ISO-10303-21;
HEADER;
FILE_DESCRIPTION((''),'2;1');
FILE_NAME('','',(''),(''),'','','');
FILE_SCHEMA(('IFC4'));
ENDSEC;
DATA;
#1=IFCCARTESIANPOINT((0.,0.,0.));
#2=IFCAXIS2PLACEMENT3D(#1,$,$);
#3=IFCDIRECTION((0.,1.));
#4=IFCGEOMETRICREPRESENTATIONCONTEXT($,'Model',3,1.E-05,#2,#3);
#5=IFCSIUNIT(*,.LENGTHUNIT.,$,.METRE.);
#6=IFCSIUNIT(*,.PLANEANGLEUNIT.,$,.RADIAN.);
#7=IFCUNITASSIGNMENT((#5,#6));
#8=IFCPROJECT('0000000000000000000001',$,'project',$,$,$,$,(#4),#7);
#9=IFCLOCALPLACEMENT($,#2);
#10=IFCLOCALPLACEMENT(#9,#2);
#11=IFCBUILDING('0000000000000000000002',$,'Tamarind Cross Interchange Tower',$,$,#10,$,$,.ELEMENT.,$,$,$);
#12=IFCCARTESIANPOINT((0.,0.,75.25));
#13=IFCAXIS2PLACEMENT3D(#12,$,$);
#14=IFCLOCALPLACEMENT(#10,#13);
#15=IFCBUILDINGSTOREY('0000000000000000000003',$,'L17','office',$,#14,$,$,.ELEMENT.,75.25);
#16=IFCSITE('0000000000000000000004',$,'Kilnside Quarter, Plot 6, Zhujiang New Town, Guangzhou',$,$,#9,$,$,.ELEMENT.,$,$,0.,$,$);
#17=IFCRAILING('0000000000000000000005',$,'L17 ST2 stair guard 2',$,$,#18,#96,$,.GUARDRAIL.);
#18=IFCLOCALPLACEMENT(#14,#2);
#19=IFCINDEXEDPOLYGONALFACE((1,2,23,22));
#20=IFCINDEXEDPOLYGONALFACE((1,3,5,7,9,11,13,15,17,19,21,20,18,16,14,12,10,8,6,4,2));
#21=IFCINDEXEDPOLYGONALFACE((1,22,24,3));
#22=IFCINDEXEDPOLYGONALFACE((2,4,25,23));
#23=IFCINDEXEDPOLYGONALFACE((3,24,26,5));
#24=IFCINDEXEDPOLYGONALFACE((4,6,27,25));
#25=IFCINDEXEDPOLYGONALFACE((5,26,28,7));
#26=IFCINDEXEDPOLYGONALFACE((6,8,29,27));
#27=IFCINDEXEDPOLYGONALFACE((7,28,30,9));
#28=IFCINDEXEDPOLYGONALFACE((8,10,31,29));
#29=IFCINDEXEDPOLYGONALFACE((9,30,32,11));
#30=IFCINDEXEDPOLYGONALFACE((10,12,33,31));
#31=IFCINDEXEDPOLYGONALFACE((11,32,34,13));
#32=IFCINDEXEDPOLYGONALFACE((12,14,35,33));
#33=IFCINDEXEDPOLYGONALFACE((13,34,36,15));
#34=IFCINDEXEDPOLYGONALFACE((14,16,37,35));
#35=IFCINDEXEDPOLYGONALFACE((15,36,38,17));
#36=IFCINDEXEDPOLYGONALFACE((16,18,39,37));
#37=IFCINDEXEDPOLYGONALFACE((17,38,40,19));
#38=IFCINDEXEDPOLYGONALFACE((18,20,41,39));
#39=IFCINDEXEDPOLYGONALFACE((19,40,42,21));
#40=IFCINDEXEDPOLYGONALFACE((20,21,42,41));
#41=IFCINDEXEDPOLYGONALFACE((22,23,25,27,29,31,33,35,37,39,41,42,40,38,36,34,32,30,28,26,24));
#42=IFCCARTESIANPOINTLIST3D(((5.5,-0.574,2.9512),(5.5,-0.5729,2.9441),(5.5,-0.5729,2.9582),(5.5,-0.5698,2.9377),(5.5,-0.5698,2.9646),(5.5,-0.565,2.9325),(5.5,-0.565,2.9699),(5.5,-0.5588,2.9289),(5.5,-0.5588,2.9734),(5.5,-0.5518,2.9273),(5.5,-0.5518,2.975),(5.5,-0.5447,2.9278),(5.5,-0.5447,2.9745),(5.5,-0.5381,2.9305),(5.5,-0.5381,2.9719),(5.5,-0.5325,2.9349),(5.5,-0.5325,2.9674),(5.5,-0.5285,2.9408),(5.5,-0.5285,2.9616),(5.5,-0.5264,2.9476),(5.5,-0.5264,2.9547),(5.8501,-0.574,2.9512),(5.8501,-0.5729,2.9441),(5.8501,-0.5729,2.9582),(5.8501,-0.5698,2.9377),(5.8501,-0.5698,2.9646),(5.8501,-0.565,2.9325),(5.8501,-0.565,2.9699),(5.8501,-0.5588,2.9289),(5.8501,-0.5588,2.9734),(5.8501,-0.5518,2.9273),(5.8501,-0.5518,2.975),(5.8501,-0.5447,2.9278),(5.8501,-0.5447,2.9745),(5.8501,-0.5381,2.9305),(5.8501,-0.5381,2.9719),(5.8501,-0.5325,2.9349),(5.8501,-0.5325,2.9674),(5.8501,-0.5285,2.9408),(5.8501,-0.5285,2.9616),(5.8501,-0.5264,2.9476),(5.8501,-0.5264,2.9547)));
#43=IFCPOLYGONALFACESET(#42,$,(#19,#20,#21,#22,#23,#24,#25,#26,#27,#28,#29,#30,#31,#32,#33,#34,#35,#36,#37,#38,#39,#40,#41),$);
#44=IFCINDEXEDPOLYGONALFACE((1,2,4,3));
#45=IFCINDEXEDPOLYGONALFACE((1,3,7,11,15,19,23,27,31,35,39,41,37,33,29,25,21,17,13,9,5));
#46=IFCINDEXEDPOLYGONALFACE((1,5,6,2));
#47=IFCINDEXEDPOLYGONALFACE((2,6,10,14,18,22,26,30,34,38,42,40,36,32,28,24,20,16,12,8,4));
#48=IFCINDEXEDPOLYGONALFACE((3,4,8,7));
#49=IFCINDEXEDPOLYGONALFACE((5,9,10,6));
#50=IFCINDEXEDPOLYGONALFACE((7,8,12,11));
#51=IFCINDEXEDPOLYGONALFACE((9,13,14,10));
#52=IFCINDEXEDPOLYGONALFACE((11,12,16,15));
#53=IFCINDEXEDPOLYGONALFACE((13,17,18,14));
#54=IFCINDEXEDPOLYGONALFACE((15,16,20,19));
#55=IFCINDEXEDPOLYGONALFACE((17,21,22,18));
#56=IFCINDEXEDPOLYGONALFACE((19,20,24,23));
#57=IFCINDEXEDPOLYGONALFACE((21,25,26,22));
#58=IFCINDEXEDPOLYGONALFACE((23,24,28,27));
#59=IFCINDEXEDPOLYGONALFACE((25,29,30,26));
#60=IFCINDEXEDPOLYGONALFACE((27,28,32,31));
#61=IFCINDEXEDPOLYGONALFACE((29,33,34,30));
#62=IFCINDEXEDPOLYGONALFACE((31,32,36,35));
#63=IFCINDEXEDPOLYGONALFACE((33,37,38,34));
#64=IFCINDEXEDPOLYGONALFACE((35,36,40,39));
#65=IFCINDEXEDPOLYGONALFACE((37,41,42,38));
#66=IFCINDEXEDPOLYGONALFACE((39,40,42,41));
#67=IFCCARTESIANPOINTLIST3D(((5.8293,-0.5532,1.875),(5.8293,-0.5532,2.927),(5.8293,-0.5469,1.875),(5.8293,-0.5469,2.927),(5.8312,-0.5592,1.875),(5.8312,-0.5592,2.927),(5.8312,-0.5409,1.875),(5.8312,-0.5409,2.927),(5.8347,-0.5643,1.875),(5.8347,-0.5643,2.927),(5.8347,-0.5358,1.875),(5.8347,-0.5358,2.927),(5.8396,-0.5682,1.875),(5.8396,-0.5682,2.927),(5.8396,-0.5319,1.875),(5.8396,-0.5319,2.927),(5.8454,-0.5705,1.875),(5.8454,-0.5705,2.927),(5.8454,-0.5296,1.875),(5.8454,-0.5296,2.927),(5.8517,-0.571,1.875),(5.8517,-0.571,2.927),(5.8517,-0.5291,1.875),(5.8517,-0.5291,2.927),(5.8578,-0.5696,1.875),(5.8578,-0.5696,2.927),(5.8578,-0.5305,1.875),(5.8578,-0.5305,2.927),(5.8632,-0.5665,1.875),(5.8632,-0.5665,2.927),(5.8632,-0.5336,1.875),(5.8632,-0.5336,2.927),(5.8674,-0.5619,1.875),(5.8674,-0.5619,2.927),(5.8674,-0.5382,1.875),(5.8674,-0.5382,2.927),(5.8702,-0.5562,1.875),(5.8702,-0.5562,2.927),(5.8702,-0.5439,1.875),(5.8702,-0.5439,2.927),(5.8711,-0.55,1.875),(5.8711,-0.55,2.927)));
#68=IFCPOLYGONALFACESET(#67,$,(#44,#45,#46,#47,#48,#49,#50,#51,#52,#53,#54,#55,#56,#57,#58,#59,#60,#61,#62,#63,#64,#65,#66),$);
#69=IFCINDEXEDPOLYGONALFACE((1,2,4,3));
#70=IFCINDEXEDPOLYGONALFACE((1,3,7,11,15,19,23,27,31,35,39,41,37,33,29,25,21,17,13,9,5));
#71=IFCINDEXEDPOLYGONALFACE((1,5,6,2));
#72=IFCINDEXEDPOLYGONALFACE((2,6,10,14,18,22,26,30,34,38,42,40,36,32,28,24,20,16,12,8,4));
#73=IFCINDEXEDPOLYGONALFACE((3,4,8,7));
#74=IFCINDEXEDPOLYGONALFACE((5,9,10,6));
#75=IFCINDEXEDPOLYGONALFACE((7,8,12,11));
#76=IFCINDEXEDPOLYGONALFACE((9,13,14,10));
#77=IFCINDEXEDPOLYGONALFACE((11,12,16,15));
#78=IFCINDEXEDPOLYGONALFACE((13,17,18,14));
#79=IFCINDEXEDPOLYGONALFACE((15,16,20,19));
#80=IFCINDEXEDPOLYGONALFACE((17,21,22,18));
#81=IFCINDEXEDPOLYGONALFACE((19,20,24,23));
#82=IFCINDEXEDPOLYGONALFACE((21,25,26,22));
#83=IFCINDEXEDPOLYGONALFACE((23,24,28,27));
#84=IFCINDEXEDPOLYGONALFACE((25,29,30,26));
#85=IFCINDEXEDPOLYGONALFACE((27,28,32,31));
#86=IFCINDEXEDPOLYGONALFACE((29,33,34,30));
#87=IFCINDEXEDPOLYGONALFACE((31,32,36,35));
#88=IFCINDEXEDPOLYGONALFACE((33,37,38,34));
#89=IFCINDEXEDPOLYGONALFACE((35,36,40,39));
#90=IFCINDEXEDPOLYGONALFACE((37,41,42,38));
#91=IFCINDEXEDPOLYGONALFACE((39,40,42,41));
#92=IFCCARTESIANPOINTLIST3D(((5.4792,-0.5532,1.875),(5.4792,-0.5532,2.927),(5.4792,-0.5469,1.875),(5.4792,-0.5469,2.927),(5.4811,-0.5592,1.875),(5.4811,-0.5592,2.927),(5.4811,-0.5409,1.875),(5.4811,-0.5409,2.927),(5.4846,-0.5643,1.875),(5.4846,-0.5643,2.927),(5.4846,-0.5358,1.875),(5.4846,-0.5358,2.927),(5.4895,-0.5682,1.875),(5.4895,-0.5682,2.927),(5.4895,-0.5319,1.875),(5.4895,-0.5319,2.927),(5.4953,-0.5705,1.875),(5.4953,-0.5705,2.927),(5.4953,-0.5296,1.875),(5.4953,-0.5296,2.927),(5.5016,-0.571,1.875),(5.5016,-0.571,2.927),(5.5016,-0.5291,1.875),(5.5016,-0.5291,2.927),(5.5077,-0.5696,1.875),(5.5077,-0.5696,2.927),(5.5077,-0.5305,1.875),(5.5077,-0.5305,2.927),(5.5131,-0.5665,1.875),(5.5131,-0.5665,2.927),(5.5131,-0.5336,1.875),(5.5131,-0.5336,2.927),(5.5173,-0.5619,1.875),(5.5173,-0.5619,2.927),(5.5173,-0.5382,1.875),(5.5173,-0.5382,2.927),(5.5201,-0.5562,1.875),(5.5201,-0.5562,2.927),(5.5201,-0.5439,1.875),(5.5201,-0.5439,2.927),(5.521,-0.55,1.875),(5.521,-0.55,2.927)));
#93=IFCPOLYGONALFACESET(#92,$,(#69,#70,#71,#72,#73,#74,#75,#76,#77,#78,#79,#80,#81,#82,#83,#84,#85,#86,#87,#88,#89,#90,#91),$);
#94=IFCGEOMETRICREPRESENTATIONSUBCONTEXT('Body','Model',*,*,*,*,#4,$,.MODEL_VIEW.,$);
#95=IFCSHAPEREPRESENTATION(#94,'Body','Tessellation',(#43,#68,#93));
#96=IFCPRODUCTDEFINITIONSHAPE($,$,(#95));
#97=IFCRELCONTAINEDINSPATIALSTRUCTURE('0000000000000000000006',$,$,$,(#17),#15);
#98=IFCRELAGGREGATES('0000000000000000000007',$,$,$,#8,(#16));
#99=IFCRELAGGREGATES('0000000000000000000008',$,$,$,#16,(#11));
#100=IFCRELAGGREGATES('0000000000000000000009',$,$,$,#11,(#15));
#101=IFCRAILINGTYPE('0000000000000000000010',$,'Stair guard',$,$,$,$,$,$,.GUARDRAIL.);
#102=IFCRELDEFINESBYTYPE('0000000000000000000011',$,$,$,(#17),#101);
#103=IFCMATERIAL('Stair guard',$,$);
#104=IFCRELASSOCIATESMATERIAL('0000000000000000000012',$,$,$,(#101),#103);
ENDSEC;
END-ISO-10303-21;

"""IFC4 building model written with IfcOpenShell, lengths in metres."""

from ifc_helpers import new_model, si_unit, direction, frame, origin, origin_2d, place, context, subcontext, project, spatial, circle, extrude, material, type_object, element, save


model = new_model("IFC4")

# Units and contexts
model_context = context("Model", 3, precision=1e-05, world=origin(), true_north=direction((0.0, 1.0)))
body_context = subcontext(model_context, "Body", "Model", "MODEL_VIEW")
ifc_project = project(units=[si_unit("LENGTHUNIT", "METRE"), si_unit("PLANEANGLEUNIT", "RADIAN")], contexts=[model_context])

# Site, building, storey
site_placement = place(None, origin())
site = spatial("IfcSite", under=ifc_project, at=site_placement, Name="Kilnside Quarter, Plot 6, Zhujiang New Town, Guangzhou", CompositionType="ELEMENT", RefElevation=0.0)
building_placement = place(site_placement, origin())
building = spatial("IfcBuilding", under=site, at=building_placement, Name="Tamarind Cross Interchange Tower", CompositionType="ELEMENT")
storey_placement = place(building_placement, frame((0.0, 0.0, 75.25)))
storey = spatial("IfcBuildingStorey", under=building, at=storey_placement, Name="L17", Description="office", CompositionType="ELEMENT", Elevation=75.25)

# Railing
ifc_material_1 = material(Name="Stair guard")
railing_type_1 = type_object("IfcRailingType", Name="Stair guard", PredefinedType="GUARDRAIL", material=ifc_material_1)
railing_1_placement = place(storey_placement, frame((5.8501, -0.55, 1.875)))
element("IfcRailing", 1, at=railing_1_placement, inside=storey, type_object=railing_type_1, Name="L17 ST2 stair guard 2", PredefinedType="GUARDRAIL", context=body_context, shape_type="SweptSolid", body=[
    extrude(circle(Radius=0.0239, at=origin_2d()), frame((0.0, 0.0, 1.0762), z_axis=(-1.0, 0.0, 0.0), x_axis=(0.0, -1.0, 0.0)), (0.0, 0.0, 1.0), 0.3501),
    extrude(circle(Radius=0.021, at=origin_2d()), origin(), (0.0, 0.0, 1.0), 1.052),
    extrude(circle(Radius=0.021, at=origin_2d()), frame((-0.3501, 0.0, 0.0)), (0.0, 0.0, 1.0), 1.052),
])

save(model, "model.ifc")
